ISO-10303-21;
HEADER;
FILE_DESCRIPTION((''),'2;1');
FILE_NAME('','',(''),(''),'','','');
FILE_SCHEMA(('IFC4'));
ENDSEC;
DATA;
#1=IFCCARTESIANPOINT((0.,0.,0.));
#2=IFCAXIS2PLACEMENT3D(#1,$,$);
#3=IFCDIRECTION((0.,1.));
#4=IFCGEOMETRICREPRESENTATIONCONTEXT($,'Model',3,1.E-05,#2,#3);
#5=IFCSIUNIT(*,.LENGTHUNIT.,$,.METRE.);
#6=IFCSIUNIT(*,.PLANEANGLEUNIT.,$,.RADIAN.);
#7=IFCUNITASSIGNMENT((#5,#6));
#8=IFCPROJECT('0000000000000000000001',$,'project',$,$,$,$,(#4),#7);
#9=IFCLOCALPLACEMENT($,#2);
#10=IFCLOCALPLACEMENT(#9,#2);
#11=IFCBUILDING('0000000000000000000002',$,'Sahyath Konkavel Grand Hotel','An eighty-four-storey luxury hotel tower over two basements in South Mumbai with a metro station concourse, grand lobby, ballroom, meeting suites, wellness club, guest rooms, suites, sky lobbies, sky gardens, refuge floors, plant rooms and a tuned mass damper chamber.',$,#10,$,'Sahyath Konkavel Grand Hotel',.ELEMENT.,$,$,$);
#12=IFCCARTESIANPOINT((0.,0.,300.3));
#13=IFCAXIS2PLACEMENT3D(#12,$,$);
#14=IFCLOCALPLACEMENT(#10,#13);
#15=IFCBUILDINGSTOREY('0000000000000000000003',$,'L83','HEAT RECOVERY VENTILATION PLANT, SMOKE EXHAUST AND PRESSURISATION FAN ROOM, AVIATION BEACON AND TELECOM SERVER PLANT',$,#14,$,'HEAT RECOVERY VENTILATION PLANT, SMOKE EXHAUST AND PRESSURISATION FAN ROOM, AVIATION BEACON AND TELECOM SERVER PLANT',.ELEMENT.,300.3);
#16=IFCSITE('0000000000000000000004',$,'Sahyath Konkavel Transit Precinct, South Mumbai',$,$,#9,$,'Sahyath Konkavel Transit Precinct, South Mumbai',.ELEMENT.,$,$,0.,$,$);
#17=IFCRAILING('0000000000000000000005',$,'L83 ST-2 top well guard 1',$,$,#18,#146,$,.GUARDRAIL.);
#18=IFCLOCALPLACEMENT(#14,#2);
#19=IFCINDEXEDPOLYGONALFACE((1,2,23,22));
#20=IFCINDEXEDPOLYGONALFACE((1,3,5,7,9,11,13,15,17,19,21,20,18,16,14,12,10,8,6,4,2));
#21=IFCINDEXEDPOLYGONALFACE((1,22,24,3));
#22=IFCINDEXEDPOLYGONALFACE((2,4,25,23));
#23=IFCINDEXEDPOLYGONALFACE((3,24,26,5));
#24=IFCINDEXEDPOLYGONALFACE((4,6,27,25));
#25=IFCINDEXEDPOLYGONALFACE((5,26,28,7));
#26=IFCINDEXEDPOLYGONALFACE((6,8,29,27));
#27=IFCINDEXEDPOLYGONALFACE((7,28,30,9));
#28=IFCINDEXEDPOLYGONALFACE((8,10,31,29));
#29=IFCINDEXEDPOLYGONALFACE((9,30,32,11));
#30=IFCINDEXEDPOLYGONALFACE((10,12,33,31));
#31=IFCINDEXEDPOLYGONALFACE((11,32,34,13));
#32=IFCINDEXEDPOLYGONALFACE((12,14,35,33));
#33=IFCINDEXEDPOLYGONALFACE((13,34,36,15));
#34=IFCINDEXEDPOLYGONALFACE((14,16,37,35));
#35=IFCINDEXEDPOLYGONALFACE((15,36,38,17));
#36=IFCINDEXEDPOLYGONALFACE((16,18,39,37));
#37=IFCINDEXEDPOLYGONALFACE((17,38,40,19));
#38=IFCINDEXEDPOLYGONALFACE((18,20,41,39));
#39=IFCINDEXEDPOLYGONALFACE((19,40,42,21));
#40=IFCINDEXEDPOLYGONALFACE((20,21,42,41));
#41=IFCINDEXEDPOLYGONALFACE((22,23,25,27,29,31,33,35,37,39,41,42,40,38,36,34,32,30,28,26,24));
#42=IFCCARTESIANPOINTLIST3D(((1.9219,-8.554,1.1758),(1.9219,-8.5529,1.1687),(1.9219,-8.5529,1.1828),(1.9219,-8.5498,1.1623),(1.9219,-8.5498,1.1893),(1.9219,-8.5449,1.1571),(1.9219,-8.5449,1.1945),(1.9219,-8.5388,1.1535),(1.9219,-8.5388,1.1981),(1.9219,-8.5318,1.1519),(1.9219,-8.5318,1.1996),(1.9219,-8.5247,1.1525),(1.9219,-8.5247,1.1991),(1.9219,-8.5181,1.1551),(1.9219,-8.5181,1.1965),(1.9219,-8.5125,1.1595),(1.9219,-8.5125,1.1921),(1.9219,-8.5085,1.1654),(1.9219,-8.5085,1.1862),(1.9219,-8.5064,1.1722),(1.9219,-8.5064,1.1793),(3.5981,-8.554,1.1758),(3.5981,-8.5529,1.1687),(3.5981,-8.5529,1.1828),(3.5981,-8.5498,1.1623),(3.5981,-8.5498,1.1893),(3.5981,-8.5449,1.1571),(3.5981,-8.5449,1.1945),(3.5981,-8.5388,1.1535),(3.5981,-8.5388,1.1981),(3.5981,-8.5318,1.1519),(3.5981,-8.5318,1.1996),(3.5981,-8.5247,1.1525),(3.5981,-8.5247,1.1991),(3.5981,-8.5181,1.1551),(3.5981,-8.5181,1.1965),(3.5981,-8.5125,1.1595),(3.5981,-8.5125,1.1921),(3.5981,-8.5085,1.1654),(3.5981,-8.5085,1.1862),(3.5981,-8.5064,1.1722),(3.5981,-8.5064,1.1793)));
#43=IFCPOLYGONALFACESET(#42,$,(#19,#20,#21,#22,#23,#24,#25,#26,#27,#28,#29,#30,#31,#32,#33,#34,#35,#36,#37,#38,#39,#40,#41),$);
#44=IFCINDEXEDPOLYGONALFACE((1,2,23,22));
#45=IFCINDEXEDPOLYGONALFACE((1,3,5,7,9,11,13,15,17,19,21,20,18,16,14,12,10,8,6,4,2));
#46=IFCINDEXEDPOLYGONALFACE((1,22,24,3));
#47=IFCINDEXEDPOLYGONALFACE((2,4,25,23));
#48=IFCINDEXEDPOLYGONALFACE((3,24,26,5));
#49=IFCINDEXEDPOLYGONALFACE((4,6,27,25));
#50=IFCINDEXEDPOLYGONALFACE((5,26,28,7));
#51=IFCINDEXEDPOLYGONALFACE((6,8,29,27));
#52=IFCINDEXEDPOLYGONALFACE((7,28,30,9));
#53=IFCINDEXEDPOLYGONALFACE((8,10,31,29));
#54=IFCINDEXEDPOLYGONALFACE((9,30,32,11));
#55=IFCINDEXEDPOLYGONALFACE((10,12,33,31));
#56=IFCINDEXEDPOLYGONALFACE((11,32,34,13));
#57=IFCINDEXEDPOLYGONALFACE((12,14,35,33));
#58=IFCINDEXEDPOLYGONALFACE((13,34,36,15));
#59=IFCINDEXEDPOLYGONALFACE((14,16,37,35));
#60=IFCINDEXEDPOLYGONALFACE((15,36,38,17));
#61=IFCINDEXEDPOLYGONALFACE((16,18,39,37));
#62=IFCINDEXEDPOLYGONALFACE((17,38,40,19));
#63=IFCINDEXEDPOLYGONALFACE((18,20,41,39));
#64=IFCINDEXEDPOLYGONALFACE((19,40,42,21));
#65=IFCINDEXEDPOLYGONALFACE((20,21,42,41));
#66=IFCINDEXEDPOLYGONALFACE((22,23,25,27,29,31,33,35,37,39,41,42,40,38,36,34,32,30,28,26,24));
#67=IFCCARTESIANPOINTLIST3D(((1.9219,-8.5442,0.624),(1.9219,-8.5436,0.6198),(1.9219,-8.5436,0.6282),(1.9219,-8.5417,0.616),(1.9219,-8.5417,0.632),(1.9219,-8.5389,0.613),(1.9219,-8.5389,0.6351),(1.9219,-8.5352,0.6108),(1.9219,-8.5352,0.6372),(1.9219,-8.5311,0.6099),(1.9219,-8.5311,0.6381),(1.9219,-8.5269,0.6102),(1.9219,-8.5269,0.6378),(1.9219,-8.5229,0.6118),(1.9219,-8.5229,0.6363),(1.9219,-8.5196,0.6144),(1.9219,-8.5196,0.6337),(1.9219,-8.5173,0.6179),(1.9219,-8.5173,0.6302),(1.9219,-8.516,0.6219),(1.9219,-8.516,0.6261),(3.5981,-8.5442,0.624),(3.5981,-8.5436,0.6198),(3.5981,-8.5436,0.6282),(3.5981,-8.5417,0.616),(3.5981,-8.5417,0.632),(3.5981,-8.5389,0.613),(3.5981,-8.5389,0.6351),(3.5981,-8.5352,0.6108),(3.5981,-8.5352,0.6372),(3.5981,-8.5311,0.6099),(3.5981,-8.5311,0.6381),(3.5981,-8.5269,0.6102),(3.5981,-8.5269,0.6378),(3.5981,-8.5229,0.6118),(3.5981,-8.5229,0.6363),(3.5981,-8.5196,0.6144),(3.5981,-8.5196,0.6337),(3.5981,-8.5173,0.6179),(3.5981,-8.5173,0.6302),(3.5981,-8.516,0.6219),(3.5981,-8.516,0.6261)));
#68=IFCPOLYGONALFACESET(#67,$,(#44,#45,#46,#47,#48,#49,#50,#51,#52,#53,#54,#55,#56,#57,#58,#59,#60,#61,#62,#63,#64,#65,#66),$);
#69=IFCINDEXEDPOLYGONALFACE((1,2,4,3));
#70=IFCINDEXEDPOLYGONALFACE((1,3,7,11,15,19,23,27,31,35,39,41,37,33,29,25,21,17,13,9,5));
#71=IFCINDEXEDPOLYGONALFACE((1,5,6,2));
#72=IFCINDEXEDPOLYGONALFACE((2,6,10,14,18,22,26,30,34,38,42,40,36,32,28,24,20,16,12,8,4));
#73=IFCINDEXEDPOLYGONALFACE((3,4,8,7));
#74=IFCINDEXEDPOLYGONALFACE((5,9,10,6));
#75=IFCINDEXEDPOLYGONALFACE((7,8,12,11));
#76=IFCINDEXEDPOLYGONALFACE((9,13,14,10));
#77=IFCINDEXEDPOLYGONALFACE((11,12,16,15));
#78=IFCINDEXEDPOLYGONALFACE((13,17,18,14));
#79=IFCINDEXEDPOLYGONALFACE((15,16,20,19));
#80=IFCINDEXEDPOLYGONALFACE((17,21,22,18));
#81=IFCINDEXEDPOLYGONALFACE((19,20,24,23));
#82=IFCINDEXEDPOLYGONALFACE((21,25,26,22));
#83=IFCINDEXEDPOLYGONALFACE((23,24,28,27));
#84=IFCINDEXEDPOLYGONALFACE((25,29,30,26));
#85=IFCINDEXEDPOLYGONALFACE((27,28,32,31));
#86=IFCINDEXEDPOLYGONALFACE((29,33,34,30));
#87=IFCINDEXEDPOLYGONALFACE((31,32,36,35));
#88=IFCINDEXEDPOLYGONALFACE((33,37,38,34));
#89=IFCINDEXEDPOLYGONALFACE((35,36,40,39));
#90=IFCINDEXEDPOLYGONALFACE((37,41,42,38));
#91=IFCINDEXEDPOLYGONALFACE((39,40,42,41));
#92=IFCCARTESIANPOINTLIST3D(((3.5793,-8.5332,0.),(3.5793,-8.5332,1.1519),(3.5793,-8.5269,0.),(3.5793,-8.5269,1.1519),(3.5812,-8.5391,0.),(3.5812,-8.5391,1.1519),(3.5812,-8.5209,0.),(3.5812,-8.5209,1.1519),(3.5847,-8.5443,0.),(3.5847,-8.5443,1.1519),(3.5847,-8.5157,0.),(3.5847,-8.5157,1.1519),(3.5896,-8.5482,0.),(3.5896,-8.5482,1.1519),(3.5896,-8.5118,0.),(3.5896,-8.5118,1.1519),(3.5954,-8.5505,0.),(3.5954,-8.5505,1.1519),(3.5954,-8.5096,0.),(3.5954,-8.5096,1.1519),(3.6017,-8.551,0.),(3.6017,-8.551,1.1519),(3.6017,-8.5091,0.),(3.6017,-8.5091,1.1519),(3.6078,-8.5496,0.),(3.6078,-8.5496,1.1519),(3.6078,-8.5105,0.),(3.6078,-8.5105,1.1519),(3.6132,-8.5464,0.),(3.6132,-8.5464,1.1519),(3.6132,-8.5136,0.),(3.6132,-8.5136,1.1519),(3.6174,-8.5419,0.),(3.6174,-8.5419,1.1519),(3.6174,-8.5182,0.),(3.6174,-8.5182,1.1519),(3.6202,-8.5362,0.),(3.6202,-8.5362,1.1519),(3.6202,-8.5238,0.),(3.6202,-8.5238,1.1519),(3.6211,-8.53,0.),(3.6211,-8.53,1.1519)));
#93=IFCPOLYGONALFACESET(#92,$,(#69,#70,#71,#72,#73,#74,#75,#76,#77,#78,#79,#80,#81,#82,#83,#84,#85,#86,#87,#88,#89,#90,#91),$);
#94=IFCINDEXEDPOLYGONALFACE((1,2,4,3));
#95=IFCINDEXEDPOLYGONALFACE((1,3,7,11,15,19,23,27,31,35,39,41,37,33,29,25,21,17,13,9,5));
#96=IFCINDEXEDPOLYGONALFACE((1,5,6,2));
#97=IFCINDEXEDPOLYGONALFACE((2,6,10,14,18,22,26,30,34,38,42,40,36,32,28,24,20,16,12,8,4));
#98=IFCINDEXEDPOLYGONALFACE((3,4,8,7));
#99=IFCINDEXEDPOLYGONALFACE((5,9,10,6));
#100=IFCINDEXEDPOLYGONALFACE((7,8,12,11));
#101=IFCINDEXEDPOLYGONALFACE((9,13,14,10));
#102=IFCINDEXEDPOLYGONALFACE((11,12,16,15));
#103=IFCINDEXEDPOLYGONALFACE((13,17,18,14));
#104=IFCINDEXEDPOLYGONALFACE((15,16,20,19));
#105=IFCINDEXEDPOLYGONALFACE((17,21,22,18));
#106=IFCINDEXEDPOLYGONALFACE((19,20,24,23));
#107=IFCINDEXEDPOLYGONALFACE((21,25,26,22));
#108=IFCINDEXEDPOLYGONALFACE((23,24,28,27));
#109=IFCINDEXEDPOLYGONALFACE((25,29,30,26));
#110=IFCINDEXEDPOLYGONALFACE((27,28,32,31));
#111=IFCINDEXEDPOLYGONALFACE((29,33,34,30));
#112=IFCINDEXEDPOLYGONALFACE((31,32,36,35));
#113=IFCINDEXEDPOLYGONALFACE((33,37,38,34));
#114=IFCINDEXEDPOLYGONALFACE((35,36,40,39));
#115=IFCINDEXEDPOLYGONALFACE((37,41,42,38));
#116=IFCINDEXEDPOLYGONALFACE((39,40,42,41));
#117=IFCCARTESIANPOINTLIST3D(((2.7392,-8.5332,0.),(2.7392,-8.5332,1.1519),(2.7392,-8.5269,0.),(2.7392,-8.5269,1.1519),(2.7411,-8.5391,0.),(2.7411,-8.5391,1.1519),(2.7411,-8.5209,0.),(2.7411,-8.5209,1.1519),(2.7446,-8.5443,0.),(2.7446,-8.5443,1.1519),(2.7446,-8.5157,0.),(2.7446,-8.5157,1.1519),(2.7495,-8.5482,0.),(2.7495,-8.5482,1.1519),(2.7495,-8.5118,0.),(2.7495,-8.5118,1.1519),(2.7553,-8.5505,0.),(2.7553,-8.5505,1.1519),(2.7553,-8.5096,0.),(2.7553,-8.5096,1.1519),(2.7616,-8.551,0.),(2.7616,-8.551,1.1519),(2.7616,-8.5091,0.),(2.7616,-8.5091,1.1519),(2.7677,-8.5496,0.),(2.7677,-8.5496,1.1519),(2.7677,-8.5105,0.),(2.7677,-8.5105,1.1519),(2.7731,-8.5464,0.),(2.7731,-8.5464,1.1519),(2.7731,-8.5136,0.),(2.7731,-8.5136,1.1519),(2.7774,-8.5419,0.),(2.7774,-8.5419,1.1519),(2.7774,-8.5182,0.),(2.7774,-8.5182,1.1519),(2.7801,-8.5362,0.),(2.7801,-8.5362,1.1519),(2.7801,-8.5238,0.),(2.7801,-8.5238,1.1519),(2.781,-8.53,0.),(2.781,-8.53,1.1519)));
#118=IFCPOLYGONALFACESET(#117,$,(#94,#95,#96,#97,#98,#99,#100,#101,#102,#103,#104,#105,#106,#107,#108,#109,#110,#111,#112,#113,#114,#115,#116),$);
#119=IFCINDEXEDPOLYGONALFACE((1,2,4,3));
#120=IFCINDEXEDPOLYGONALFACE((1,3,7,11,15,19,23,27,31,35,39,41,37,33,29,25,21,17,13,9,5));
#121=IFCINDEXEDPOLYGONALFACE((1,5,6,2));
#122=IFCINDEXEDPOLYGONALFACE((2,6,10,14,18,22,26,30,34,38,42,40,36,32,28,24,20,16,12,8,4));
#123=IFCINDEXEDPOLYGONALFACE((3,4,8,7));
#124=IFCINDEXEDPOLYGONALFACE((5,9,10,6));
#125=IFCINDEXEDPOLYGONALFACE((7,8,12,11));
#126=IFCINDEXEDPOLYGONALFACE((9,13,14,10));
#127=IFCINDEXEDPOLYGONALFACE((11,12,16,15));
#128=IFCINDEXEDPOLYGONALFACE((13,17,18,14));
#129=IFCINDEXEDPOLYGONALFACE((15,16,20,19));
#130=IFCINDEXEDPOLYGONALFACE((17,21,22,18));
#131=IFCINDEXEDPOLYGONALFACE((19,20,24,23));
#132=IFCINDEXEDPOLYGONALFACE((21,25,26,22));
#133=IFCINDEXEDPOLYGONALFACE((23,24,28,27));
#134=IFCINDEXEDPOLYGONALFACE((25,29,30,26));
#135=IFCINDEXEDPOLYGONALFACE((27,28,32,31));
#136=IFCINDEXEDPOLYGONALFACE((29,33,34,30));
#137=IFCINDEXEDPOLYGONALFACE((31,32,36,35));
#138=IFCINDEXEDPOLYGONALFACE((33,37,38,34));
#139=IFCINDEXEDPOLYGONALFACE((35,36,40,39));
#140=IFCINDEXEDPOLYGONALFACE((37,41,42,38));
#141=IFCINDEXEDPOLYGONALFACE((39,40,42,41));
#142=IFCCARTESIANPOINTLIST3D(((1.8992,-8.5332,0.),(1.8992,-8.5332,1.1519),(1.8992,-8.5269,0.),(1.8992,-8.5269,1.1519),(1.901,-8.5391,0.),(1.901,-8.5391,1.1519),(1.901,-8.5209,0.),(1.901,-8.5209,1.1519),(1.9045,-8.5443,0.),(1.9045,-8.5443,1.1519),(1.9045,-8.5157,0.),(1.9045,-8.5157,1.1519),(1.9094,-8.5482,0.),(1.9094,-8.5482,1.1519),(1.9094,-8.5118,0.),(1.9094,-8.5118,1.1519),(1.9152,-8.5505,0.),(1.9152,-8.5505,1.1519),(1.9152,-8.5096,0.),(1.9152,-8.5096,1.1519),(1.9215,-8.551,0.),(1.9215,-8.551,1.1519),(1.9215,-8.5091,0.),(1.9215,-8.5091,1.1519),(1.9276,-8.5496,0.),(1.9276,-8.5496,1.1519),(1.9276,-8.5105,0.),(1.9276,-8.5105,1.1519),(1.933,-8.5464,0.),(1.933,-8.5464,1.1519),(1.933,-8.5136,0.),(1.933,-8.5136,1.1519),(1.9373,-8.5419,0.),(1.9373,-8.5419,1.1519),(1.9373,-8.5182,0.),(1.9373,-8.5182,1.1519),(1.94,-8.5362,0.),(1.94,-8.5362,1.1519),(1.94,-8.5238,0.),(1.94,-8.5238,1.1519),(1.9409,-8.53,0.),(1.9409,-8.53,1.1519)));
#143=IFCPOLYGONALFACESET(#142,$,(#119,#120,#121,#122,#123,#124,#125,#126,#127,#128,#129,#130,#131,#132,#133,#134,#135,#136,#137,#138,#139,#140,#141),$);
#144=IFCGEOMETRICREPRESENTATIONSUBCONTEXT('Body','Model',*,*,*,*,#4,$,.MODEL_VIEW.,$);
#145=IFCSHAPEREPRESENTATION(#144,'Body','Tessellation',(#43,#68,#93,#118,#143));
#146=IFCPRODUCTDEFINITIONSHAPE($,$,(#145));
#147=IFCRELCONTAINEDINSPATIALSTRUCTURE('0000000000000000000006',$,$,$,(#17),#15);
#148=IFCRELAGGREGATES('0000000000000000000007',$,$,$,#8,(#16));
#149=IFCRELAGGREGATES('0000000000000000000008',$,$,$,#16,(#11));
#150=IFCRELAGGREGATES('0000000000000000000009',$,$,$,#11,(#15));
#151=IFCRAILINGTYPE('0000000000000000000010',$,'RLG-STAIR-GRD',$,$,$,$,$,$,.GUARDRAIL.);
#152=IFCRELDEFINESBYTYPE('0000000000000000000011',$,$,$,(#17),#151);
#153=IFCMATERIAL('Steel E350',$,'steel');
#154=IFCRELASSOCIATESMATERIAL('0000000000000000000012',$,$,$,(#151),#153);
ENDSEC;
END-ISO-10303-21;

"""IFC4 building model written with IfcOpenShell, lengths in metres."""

from ifc_helpers import new_model, si_unit, direction, frame, origin, origin_2d, place, context, subcontext, project, spatial, circle, extrude, material, type_object, element, save


model = new_model("IFC4")

# Units and contexts
model_context = context("Model", 3, precision=1e-05, world=origin(), true_north=direction((0.0, 1.0)))
body_context = subcontext(model_context, "Body", "Model", "MODEL_VIEW")
ifc_project = project(units=[si_unit("LENGTHUNIT", "METRE"), si_unit("PLANEANGLEUNIT", "RADIAN")], contexts=[model_context])

# Site, building, storey
site_placement = place(None, origin())
site = spatial("IfcSite", under=ifc_project, at=site_placement, Name="Sahyath Konkavel Transit Precinct, South Mumbai", LongName="Sahyath Konkavel Transit Precinct, South Mumbai", CompositionType="ELEMENT", RefElevation=0.0)
building_placement = place(site_placement, origin())
building = spatial("IfcBuilding", under=site, at=building_placement, Name="Sahyath Konkavel Grand Hotel", Description="An eighty-four-storey luxury hotel tower over two basements in South Mumbai with a metro station concourse, grand lobby, ballroom, meeting suites, wellness club, guest rooms, suites, sky lobbies, sky gardens, refuge floors, plant rooms and a tuned mass damper chamber.", LongName="Sahyath Konkavel Grand Hotel", CompositionType="ELEMENT")
storey_placement = place(building_placement, frame((0.0, 0.0, 300.3)))
storey = spatial("IfcBuildingStorey", under=building, at=storey_placement, Name="L83", Description="HEAT RECOVERY VENTILATION PLANT, SMOKE EXHAUST AND PRESSURISATION FAN ROOM, AVIATION BEACON AND TELECOM SERVER PLANT", LongName="HEAT RECOVERY VENTILATION PLANT, SMOKE EXHAUST AND PRESSURISATION FAN ROOM, AVIATION BEACON AND TELECOM SERVER PLANT", CompositionType="ELEMENT", Elevation=300.3)

# Shared definitions
ifc_material_1 = material(Name="Steel E350", Category="steel")

# Railing
railing_type = type_object("IfcRailingType", Name="RLG-STAIR-GRD", PredefinedType="GUARDRAIL", material=ifc_material_1)
railing_placement = place(storey_placement, frame((3.6001, -8.53, 0.0)))
element("IfcRailing", 1, at=railing_placement, inside=storey, type_object=railing_type, Name="L83 ST-2 top well guard 1", PredefinedType="GUARDRAIL", context=body_context, shape_type="SweptSolid", body=[
    extrude(circle(Radius=0.0239, at=origin_2d()), frame((-0.002, 0.0, 1.1758), z_axis=(-1.0, 0.0, 0.0), x_axis=(0.0, -1.0, 0.0)), (0.0, 0.0, 1.0), 1.6763),
    extrude(circle(Radius=0.0142, at=origin_2d()), frame((-0.002, 0.0, 0.624), z_axis=(-1.0, 0.0, 0.0), x_axis=(0.0, -1.0, 0.0)), (0.0, 0.0, 1.0), 1.6763),
    extrude(circle(Radius=0.021, at=origin_2d()), origin(), (0.0, 0.0, 1.0), 1.1519),
    extrude(circle(Radius=0.021, at=origin_2d()), frame((-0.8401, 0.0, 0.0)), (0.0, 0.0, 1.0), 1.1519),
    extrude(circle(Radius=0.021, at=origin_2d()), frame((-1.6802, 0.0, 0.0)), (0.0, 0.0, 1.0), 1.1519),
])

save(model, "model.ifc")
